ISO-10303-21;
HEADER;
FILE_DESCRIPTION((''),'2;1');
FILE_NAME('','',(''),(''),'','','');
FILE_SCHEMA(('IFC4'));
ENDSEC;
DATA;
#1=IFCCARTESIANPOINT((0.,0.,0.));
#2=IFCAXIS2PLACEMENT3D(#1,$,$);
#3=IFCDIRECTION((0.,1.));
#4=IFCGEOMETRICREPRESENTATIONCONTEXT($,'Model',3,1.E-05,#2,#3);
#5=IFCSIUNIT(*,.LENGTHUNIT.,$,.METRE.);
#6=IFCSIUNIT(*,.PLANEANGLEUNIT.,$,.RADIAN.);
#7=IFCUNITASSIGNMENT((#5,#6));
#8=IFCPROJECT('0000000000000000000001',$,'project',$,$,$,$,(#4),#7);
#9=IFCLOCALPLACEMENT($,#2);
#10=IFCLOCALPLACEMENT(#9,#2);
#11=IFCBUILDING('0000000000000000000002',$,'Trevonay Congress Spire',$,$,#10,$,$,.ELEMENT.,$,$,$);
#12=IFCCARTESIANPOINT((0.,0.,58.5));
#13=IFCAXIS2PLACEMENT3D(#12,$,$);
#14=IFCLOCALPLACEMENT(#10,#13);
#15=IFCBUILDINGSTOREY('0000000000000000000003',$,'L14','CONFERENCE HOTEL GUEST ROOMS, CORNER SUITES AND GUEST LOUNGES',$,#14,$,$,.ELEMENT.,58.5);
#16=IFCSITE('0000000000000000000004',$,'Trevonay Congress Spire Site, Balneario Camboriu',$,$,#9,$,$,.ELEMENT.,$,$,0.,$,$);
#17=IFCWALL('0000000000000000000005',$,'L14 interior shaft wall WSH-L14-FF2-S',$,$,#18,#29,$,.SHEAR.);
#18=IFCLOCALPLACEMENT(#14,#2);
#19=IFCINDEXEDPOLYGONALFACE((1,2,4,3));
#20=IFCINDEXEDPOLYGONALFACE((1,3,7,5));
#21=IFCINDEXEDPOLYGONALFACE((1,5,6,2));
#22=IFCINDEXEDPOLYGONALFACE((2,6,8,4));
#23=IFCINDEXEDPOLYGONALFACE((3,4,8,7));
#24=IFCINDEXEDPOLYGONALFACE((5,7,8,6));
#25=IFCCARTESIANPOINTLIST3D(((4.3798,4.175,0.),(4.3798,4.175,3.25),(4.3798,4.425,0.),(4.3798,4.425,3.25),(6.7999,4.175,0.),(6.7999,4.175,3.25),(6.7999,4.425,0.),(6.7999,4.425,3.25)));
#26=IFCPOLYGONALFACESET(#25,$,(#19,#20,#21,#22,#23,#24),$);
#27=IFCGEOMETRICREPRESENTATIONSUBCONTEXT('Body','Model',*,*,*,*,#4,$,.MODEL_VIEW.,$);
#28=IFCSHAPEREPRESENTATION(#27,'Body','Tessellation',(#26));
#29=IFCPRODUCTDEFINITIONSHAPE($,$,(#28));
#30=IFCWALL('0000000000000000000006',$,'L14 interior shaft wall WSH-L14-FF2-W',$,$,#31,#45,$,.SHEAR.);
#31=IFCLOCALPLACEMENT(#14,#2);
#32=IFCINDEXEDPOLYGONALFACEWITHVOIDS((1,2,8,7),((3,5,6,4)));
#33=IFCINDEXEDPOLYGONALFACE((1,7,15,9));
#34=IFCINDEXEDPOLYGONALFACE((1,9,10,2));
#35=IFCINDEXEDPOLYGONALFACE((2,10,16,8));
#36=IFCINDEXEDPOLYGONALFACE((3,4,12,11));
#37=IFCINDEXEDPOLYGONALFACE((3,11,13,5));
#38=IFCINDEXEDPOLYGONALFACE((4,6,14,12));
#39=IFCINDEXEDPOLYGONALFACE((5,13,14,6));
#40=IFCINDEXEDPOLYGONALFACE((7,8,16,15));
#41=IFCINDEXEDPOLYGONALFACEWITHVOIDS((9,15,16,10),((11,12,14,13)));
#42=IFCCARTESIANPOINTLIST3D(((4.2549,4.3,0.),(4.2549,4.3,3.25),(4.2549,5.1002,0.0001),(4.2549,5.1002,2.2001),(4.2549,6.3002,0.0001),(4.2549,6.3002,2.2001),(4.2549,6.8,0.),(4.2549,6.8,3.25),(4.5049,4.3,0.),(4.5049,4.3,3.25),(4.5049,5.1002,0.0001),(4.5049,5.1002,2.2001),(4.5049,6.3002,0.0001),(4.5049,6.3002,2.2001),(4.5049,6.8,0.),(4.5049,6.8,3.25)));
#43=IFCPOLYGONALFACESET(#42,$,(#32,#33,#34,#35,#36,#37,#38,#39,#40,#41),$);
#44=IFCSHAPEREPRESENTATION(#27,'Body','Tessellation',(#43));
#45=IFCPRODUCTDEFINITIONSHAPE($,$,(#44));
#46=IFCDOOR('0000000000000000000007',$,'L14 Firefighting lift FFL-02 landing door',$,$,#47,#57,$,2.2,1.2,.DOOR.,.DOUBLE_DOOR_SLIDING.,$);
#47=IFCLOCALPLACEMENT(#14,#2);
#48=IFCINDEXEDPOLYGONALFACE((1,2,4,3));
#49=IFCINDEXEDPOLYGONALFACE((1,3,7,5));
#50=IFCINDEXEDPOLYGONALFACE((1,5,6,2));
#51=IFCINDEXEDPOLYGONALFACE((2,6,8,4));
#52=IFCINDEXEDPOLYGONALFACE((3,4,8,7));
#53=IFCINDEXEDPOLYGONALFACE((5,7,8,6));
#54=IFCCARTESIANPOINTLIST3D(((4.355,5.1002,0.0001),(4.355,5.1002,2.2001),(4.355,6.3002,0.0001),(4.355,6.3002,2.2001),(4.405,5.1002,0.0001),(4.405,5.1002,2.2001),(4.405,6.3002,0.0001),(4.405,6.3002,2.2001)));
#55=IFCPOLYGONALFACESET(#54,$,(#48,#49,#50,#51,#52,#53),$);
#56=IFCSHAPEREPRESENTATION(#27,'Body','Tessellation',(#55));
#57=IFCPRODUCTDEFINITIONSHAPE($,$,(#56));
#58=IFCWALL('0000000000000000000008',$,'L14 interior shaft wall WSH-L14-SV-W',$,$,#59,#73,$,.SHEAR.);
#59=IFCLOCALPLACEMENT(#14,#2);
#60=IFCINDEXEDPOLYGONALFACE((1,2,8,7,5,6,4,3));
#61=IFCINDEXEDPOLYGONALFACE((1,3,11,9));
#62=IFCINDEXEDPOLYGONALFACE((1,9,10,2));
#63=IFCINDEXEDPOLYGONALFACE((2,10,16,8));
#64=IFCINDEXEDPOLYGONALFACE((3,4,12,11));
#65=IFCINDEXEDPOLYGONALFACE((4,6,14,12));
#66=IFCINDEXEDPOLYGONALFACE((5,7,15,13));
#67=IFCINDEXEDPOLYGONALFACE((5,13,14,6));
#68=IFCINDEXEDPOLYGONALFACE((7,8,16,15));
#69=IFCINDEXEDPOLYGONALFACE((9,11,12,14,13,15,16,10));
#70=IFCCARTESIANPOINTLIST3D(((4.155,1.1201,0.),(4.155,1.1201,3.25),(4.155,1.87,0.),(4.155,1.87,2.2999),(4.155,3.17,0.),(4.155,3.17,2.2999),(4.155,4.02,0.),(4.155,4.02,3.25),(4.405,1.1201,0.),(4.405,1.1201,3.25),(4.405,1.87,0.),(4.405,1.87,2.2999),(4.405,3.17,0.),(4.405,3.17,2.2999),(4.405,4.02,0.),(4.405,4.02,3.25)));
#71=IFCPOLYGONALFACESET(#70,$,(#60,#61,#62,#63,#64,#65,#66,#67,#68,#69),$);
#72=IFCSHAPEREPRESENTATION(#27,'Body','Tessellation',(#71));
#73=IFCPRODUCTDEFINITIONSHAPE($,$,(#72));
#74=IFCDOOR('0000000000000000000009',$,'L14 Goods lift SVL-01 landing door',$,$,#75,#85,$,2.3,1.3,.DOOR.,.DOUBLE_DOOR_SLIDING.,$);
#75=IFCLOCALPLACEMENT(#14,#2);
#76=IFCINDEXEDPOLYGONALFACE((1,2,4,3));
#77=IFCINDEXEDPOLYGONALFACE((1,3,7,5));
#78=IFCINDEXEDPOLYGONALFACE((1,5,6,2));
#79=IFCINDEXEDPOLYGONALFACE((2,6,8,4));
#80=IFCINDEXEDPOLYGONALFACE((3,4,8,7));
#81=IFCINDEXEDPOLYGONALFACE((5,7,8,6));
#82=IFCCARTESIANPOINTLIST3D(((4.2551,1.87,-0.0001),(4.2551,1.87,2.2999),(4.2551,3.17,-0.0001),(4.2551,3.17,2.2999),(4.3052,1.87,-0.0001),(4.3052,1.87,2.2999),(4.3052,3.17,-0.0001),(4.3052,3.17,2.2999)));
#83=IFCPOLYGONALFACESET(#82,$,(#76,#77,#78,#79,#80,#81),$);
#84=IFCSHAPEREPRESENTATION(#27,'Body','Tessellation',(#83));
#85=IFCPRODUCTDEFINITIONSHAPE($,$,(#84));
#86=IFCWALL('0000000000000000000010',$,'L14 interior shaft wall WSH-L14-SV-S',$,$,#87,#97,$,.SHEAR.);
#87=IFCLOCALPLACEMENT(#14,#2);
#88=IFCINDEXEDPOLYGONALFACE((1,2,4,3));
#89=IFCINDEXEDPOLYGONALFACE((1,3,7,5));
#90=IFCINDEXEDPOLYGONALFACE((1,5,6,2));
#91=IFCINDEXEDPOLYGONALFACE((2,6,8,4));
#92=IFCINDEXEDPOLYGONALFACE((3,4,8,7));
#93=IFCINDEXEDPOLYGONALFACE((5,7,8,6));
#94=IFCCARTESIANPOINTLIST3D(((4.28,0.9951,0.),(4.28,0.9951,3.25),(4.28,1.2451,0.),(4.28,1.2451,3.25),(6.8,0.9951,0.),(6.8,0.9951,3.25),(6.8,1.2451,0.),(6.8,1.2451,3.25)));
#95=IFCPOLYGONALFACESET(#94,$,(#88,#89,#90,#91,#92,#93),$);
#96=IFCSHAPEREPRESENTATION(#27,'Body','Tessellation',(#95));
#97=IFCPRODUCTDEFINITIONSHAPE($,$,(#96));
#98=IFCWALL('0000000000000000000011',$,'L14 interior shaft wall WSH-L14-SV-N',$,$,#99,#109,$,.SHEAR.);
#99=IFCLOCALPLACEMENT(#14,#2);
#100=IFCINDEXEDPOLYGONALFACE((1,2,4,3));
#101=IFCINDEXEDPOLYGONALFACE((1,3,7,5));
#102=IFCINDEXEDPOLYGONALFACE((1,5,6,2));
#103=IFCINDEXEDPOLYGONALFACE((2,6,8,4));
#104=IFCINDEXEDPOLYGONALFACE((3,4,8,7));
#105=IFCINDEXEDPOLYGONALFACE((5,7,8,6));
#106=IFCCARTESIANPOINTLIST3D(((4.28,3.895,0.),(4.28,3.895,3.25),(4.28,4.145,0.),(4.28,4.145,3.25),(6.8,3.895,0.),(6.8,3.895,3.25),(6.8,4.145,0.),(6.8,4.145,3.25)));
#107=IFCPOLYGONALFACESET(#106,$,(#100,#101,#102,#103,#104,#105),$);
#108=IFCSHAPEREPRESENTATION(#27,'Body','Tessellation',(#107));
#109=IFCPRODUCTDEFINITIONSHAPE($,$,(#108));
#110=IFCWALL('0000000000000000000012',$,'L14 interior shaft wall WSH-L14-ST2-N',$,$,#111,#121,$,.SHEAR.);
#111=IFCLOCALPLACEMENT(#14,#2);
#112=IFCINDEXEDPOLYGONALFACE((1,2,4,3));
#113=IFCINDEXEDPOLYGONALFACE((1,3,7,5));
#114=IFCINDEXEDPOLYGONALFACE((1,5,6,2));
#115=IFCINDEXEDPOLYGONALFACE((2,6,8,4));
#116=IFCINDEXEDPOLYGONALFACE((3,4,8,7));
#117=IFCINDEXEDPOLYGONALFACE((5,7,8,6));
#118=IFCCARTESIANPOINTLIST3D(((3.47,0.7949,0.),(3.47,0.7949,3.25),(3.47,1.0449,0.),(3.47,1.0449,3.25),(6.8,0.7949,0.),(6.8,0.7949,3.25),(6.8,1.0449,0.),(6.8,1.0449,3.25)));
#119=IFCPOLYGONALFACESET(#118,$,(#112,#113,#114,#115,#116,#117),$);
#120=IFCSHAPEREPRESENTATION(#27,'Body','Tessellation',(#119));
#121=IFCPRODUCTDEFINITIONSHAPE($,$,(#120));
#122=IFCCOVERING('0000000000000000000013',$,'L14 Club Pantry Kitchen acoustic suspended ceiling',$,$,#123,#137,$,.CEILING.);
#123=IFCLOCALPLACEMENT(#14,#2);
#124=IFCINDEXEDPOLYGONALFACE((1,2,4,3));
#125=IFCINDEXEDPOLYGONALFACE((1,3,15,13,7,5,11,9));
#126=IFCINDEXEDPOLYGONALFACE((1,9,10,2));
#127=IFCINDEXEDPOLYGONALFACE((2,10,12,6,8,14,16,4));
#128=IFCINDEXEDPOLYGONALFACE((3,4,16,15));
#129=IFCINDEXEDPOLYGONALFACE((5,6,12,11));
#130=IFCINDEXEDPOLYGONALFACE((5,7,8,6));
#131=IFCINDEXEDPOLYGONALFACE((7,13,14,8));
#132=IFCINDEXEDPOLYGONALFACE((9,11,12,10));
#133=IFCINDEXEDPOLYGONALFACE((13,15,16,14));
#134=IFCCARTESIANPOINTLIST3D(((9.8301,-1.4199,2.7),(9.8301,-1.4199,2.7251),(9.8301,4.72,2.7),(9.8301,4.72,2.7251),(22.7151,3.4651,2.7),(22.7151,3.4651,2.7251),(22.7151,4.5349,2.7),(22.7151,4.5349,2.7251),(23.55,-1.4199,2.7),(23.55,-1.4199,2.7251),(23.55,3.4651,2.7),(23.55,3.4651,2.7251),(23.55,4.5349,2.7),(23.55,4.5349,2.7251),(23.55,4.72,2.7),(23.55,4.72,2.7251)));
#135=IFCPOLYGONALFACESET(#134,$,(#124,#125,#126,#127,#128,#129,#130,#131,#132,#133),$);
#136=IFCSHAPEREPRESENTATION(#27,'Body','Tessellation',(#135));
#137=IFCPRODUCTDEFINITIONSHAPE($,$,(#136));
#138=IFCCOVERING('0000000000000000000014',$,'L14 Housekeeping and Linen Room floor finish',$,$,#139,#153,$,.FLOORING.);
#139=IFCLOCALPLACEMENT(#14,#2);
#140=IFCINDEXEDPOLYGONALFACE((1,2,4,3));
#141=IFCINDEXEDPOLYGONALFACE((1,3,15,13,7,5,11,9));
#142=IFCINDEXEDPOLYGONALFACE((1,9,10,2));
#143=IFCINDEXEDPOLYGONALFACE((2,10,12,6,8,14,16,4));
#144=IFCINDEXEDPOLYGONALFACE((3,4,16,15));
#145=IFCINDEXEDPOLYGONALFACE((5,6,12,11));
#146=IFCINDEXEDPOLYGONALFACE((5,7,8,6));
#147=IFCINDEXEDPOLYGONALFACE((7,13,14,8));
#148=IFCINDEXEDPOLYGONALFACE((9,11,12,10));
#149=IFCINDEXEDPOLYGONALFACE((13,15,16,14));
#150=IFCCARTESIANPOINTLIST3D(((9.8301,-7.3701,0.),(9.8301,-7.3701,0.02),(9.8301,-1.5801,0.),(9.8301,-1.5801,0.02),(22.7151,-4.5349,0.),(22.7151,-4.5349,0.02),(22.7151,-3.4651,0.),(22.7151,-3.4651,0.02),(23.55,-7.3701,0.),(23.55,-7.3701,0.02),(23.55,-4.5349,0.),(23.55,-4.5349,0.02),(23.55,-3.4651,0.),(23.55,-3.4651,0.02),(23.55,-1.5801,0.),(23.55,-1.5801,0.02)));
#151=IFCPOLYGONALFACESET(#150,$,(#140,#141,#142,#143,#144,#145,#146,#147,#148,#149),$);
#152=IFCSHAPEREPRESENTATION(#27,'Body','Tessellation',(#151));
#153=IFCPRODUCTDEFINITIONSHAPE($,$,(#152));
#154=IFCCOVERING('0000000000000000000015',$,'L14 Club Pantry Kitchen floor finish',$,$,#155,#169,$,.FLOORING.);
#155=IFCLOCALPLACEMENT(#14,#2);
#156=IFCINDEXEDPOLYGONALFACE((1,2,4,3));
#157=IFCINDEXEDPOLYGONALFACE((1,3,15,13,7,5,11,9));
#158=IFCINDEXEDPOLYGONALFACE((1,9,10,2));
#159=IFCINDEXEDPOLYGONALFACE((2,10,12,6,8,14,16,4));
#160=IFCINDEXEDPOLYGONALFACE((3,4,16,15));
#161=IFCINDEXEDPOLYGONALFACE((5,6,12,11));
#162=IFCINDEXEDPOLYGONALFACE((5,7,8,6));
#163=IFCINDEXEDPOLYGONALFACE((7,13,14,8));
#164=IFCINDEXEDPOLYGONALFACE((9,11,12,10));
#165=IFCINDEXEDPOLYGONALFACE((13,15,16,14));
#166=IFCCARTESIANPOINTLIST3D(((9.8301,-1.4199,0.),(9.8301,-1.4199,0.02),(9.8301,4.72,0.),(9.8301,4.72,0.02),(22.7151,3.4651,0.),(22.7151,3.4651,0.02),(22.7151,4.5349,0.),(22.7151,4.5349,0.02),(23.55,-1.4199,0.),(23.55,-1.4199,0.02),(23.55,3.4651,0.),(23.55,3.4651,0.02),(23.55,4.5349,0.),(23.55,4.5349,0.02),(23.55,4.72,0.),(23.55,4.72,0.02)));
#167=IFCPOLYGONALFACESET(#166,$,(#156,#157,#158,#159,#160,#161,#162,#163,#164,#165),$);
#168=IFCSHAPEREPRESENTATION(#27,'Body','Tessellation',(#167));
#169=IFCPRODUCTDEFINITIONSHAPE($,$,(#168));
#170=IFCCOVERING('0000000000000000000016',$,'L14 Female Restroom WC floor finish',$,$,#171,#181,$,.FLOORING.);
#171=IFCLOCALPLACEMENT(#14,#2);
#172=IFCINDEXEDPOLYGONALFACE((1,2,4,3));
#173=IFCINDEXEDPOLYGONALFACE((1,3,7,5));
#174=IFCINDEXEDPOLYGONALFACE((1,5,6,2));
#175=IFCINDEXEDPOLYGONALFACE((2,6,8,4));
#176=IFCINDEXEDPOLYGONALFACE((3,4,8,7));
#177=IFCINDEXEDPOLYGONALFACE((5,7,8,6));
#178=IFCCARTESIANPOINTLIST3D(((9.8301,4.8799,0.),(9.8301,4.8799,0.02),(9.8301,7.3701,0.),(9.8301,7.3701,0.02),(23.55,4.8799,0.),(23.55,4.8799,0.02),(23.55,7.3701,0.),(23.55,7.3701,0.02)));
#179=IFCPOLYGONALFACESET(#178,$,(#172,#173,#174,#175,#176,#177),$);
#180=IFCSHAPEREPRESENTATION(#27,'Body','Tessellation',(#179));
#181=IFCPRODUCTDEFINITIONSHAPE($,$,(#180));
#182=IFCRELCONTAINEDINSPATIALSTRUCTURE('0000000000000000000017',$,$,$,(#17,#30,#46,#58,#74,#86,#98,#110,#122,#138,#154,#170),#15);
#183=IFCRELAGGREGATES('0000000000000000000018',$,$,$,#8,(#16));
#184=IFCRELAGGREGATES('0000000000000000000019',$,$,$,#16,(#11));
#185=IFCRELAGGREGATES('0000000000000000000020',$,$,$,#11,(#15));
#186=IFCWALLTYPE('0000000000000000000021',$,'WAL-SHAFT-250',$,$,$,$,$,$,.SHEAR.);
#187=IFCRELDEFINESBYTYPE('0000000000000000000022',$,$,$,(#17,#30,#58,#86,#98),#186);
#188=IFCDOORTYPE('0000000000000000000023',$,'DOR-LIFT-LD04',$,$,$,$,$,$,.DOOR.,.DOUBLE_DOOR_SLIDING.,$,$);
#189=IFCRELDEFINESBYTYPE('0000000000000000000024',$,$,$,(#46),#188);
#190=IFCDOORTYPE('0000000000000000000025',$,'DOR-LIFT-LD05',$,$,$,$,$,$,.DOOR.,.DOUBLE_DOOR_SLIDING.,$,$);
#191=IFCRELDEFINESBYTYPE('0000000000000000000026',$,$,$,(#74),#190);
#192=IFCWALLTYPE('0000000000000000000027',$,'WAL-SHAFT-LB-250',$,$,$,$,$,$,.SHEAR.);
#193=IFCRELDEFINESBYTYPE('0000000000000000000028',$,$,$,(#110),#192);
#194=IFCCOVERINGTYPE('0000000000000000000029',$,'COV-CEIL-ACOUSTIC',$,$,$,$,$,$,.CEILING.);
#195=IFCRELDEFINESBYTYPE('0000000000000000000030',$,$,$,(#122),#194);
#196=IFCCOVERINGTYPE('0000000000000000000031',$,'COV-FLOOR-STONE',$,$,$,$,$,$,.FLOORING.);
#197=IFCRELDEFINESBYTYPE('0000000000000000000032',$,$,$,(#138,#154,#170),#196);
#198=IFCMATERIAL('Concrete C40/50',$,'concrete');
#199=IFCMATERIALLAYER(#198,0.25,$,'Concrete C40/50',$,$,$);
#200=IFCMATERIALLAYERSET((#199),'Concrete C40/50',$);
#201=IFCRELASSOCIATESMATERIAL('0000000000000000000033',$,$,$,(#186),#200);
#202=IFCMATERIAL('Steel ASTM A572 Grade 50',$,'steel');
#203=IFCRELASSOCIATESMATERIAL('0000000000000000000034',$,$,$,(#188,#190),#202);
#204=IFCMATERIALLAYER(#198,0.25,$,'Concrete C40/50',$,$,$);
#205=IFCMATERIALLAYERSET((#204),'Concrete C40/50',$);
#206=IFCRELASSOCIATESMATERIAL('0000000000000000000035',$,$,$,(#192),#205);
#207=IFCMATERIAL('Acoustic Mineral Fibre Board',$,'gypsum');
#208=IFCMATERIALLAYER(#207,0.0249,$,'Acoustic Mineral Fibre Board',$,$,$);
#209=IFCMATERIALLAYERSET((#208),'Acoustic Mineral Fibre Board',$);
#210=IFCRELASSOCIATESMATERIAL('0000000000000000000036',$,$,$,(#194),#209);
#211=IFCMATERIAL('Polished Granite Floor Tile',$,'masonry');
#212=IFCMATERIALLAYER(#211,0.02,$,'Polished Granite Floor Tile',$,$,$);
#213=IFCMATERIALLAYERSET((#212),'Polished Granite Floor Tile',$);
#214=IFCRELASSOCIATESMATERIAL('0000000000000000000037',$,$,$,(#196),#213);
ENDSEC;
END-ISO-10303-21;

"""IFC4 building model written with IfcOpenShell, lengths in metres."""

from ifc_helpers import new_model, si_unit, direction, frame, frame_2d, origin, place, context, subcontext, project, spatial, polyline, rectangle, outline, extrude, material, layer, layer_set, type_object, element, fill, save


model = new_model("IFC4")

# Units and contexts
model_context = context("Model", 3, precision=1e-05, world=origin(), true_north=direction((0.0, 1.0)))
body_context = subcontext(model_context, "Body", "Model", "MODEL_VIEW")
ifc_project = project(units=[si_unit("LENGTHUNIT", "METRE"), si_unit("PLANEANGLEUNIT", "RADIAN")], contexts=[model_context])

# Site, building, storey
site_placement = place(None, origin())
site = spatial("IfcSite", under=ifc_project, at=site_placement, Name="Trevonay Congress Spire Site, Balneario Camboriu", CompositionType="ELEMENT", RefElevation=0.0)
building_placement = place(site_placement, origin())
building = spatial("IfcBuilding", under=site, at=building_placement, Name="Trevonay Congress Spire", CompositionType="ELEMENT")
storey_placement = place(building_placement, frame((0.0, 0.0, 58.5)))
storey = spatial("IfcBuildingStorey", under=building, at=storey_placement, Name="L14", Description="CONFERENCE HOTEL GUEST ROOMS, CORNER SUITES AND GUEST LOUNGES", CompositionType="ELEMENT", Elevation=58.5)

# Shared definitions
ifc_material_1 = material(Name="Steel ASTM A572 Grade 50", Category="steel")

# Shared definitions
ifc_material_2 = material(Name="Concrete C40/50", Category="concrete")

# Wall
ifc_layer_1 = layer(ifc_material_2, 0.25, Name="Concrete C40/50")
ifc_layer_set_1 = layer_set([ifc_layer_1], Name="Concrete C40/50")
wall_type_1 = type_object("IfcWallType", Name="WAL-SHAFT-250", PredefinedType="SHEAR", material=ifc_layer_set_1)
wall_1_placement = place(storey_placement, frame((4.3799, 4.3, 0.0), z_axis=(0.0, 0.0, 1.0), x_axis=(1.0, 0.0, 0.0)))
element("IfcWall", 1, at=wall_1_placement, inside=storey, type_object=wall_type_1, Name="L14 interior shaft wall WSH-L14-FF2-S", PredefinedType="SHEAR", context=body_context, shape_type="SweptSolid", body=[
    extrude(rectangle(XDim=2.4202, YDim=0.25, at=frame_2d((1.21, 0.0))), origin(), (0.0, 0.0, 1.0), 3.25),
])

# Walls, openings, doors
wall_2_placement = place(storey_placement, frame((4.3799, 4.3, 0.0), z_axis=(0.0, 0.0, 1.0), x_axis=(0.0, 1.0, 0.0)))
wall_2 = element("IfcWall", 2, at=wall_2_placement, inside=storey, type_object=wall_type_1, Name="L14 interior shaft wall WSH-L14-FF2-W", PredefinedType="SHEAR", context=body_context, shape_type="SweptSolid", body=[
    extrude(rectangle(XDim=2.5, YDim=0.25, at=frame_2d((1.25, 0.0))), origin(), (0.0, 0.0, 1.0), 3.25),
])
opening_1_placement = place(wall_2_placement, frame((0.8, 0.0, 0.0)))
opening_1 = element("IfcOpeningElement", 3, at=opening_1_placement, cuts=wall_2, PredefinedType="OPENING", context=body_context, shape_type="SweptSolid", body=[
    extrude(rectangle(XDim=1.2, YDim=2.2, at=frame_2d((0.6001, 1.1001))), frame((0.0, 0.135, 0.0), z_axis=(0.0, -1.0, 0.0), x_axis=(1.0, 0.0, 0.0)), (0.0, 0.0, 1.0), 0.27),
])
door_type_1 = type_object("IfcDoorType", Name="DOR-LIFT-LD04", OperationType="DOUBLE_DOOR_SLIDING", PredefinedType="DOOR", material=ifc_material_1)
door_1_placement = place(opening_1_placement, origin())
door_1 = element("IfcDoor", 4, at=door_1_placement, inside=storey, type_object=door_type_1, Name="L14 Firefighting lift FFL-02 landing door", OperationType="DOUBLE_DOOR_SLIDING", OverallHeight=2.2, OverallWidth=1.2, PredefinedType="DOOR", context=body_context, shape_type="SweptSolid", body=[
    extrude(rectangle(XDim=1.2, YDim=2.2, at=frame_2d((0.6001, 1.1001))), frame((0.0, 0.0249, 0.0), z_axis=(0.0, -1.0, 0.0), x_axis=(1.0, 0.0, 0.0)), (0.0, 0.0, 1.0), 0.05),
])
fill(opening_1, door_1)
wall_3_placement = place(storey_placement, frame((4.28, 1.1201, 0.0), z_axis=(0.0, 0.0, 1.0), x_axis=(0.0, 1.0, 0.0)))
wall_3 = element("IfcWall", 5, at=wall_3_placement, inside=storey, type_object=wall_type_1, Name="L14 interior shaft wall WSH-L14-SV-W", PredefinedType="SHEAR", context=body_context, shape_type="SweptSolid", body=[
    extrude(rectangle(XDim=2.8999, YDim=0.25, at=frame_2d((1.45, 0.0))), origin(), (0.0, 0.0, 1.0), 3.25),
])
opening_2_placement = place(wall_3_placement, frame((0.75, 0.0, 0.0)))
opening_2 = element("IfcOpeningElement", 6, at=opening_2_placement, cuts=wall_3, PredefinedType="OPENING", context=body_context, shape_type="SweptSolid", body=[
    extrude(rectangle(XDim=1.3, YDim=2.3, at=frame_2d((0.6499, 1.1499))), frame((0.0, 0.135, 0.0), z_axis=(0.0, -1.0, 0.0), x_axis=(1.0, 0.0, 0.0)), (0.0, 0.0, 1.0), 0.27),
])
door_type_2 = type_object("IfcDoorType", Name="DOR-LIFT-LD05", OperationType="DOUBLE_DOOR_SLIDING", PredefinedType="DOOR", material=ifc_material_1)
door_2_placement = place(opening_2_placement, origin())
door_2 = element("IfcDoor", 7, at=door_2_placement, inside=storey, type_object=door_type_2, Name="L14 Goods lift SVL-01 landing door", OperationType="DOUBLE_DOOR_SLIDING", OverallHeight=2.3, OverallWidth=1.3, PredefinedType="DOOR", context=body_context, shape_type="SweptSolid", body=[
    extrude(rectangle(XDim=1.3, YDim=2.3, at=frame_2d((0.6499, 1.1499))), frame((0.0, 0.0249, 0.0), z_axis=(0.0, -1.0, 0.0), x_axis=(1.0, 0.0, 0.0)), (0.0, 0.0, 1.0), 0.05),
])
fill(opening_2, door_2)

# Walls
for number, where, z_axis, x_axis, name in (
    (8, (4.28, 1.1201, 0.0), (0.0, 0.0, 1.0), (1.0, 0.0, 0.0), "L14 interior shaft wall WSH-L14-SV-S"),
    (9, (4.28, 4.02, 0.0), (0.0, 0.0, 1.0), (1.0, 0.0, 0.0), "L14 interior shaft wall WSH-L14-SV-N"),
):
    element("IfcWall", number, at=place(storey_placement, frame(where, z_axis=z_axis, x_axis=x_axis)), inside=storey, type_object=wall_type_1, Name=name, PredefinedType="SHEAR", context=body_context, shape_type="SweptSolid", body=[
        extrude(rectangle(XDim=2.52, YDim=0.25, at=frame_2d((1.26, 0.0))), origin(), (0.0, 0.0, 1.0), 3.25),
    ])
ifc_layer_2 = layer(ifc_material_2, 0.25, Name="Concrete C40/50")
ifc_layer_set_2 = layer_set([ifc_layer_2], Name="Concrete C40/50")
wall_type_2 = type_object("IfcWallType", Name="WAL-SHAFT-LB-250", PredefinedType="SHEAR", material=ifc_layer_set_2)
wall_4_placement = place(storey_placement, frame((3.47, 0.9199, 0.0), z_axis=(0.0, 0.0, 1.0), x_axis=(1.0, 0.0, 0.0)))
element("IfcWall", 10, at=wall_4_placement, inside=storey, type_object=wall_type_2, Name="L14 interior shaft wall WSH-L14-ST2-N", PredefinedType="SHEAR", context=body_context, shape_type="SweptSolid", body=[
    extrude(rectangle(XDim=3.3301, YDim=0.25, at=frame_2d((1.665, 0.0))), origin(), (0.0, 0.0, 1.0), 3.25),
])

# Coverings
ifc_material_3 = material(Name="Acoustic Mineral Fibre Board", Category="gypsum")
ifc_layer_3 = layer(ifc_material_3, 0.0249, Name="Acoustic Mineral Fibre Board")
ifc_layer_set_3 = layer_set([ifc_layer_3], Name="Acoustic Mineral Fibre Board")
covering_type_1 = type_object("IfcCoveringType", Name="COV-CEIL-ACOUSTIC", PredefinedType="CEILING", material=ifc_layer_set_3)
covering_1_placement = place(storey_placement, frame((0.0, 0.0, 2.7)))
element("IfcCovering", 11, at=covering_1_placement, inside=storey, type_object=covering_type_1, Name="L14 Club Pantry Kitchen acoustic suspended ceiling", PredefinedType="CEILING", context=body_context, shape_type="SweptSolid", body=[
    extrude(outline(polyline([(23.55, -1.4199), (9.8301, -1.4199), (9.8301, 4.72), (23.55, 4.72), (23.55, 4.5349), (22.7151, 4.5349), (22.7151, 3.4651), (23.55, 3.4651), (23.55, -1.4199)])), origin(), (0.0, 0.0, 1.0), 0.0251),
])
ifc_material_4 = material(Name="Polished Granite Floor Tile", Category="masonry")
ifc_layer_4 = layer(ifc_material_4, 0.02, Name="Polished Granite Floor Tile")
ifc_layer_set_4 = layer_set([ifc_layer_4], Name="Polished Granite Floor Tile")
covering_type_2 = type_object("IfcCoveringType", Name="COV-FLOOR-STONE", PredefinedType="FLOORING", material=ifc_layer_set_4)
covering_2_placement = place(storey_placement, origin())
element("IfcCovering", 12, at=covering_2_placement, inside=storey, type_object=covering_type_2, Name="L14 Housekeeping and Linen Room floor finish", PredefinedType="FLOORING", context=body_context, shape_type="SweptSolid", body=[
    extrude(outline(polyline([(23.55, -7.3701), (9.8301, -7.3701), (9.8301, -1.5801), (23.55, -1.5801), (23.55, -3.4651), (22.7151, -3.4651), (22.7151, -4.5349), (23.55, -4.5349), (23.55, -7.3701)])), origin(), (0.0, 0.0, 1.0), 0.02),
])
covering_3_placement = place(storey_placement, origin())
element("IfcCovering", 13, at=covering_3_placement, inside=storey, type_object=covering_type_2, Name="L14 Club Pantry Kitchen floor finish", PredefinedType="FLOORING", context=body_context, shape_type="SweptSolid", body=[
    extrude(outline(polyline([(23.55, -1.4199), (9.8301, -1.4199), (9.8301, 4.72), (23.55, 4.72), (23.55, 4.5349), (22.7151, 4.5349), (22.7151, 3.4651), (23.55, 3.4651), (23.55, -1.4199)])), origin(), (0.0, 0.0, 1.0), 0.02),
])
covering_4_placement = place(storey_placement, origin())
element("IfcCovering", 14, at=covering_4_placement, inside=storey, type_object=covering_type_2, Name="L14 Female Restroom WC floor finish", PredefinedType="FLOORING", context=body_context, shape_type="SweptSolid", body=[
    extrude(outline(polyline([(9.8301, 4.8799), (23.55, 4.8799), (23.55, 7.3701), (9.8301, 7.3701), (9.8301, 4.8799)])), origin(), (0.0, 0.0, 1.0), 0.02),
])

save(model, "model.ifc")
